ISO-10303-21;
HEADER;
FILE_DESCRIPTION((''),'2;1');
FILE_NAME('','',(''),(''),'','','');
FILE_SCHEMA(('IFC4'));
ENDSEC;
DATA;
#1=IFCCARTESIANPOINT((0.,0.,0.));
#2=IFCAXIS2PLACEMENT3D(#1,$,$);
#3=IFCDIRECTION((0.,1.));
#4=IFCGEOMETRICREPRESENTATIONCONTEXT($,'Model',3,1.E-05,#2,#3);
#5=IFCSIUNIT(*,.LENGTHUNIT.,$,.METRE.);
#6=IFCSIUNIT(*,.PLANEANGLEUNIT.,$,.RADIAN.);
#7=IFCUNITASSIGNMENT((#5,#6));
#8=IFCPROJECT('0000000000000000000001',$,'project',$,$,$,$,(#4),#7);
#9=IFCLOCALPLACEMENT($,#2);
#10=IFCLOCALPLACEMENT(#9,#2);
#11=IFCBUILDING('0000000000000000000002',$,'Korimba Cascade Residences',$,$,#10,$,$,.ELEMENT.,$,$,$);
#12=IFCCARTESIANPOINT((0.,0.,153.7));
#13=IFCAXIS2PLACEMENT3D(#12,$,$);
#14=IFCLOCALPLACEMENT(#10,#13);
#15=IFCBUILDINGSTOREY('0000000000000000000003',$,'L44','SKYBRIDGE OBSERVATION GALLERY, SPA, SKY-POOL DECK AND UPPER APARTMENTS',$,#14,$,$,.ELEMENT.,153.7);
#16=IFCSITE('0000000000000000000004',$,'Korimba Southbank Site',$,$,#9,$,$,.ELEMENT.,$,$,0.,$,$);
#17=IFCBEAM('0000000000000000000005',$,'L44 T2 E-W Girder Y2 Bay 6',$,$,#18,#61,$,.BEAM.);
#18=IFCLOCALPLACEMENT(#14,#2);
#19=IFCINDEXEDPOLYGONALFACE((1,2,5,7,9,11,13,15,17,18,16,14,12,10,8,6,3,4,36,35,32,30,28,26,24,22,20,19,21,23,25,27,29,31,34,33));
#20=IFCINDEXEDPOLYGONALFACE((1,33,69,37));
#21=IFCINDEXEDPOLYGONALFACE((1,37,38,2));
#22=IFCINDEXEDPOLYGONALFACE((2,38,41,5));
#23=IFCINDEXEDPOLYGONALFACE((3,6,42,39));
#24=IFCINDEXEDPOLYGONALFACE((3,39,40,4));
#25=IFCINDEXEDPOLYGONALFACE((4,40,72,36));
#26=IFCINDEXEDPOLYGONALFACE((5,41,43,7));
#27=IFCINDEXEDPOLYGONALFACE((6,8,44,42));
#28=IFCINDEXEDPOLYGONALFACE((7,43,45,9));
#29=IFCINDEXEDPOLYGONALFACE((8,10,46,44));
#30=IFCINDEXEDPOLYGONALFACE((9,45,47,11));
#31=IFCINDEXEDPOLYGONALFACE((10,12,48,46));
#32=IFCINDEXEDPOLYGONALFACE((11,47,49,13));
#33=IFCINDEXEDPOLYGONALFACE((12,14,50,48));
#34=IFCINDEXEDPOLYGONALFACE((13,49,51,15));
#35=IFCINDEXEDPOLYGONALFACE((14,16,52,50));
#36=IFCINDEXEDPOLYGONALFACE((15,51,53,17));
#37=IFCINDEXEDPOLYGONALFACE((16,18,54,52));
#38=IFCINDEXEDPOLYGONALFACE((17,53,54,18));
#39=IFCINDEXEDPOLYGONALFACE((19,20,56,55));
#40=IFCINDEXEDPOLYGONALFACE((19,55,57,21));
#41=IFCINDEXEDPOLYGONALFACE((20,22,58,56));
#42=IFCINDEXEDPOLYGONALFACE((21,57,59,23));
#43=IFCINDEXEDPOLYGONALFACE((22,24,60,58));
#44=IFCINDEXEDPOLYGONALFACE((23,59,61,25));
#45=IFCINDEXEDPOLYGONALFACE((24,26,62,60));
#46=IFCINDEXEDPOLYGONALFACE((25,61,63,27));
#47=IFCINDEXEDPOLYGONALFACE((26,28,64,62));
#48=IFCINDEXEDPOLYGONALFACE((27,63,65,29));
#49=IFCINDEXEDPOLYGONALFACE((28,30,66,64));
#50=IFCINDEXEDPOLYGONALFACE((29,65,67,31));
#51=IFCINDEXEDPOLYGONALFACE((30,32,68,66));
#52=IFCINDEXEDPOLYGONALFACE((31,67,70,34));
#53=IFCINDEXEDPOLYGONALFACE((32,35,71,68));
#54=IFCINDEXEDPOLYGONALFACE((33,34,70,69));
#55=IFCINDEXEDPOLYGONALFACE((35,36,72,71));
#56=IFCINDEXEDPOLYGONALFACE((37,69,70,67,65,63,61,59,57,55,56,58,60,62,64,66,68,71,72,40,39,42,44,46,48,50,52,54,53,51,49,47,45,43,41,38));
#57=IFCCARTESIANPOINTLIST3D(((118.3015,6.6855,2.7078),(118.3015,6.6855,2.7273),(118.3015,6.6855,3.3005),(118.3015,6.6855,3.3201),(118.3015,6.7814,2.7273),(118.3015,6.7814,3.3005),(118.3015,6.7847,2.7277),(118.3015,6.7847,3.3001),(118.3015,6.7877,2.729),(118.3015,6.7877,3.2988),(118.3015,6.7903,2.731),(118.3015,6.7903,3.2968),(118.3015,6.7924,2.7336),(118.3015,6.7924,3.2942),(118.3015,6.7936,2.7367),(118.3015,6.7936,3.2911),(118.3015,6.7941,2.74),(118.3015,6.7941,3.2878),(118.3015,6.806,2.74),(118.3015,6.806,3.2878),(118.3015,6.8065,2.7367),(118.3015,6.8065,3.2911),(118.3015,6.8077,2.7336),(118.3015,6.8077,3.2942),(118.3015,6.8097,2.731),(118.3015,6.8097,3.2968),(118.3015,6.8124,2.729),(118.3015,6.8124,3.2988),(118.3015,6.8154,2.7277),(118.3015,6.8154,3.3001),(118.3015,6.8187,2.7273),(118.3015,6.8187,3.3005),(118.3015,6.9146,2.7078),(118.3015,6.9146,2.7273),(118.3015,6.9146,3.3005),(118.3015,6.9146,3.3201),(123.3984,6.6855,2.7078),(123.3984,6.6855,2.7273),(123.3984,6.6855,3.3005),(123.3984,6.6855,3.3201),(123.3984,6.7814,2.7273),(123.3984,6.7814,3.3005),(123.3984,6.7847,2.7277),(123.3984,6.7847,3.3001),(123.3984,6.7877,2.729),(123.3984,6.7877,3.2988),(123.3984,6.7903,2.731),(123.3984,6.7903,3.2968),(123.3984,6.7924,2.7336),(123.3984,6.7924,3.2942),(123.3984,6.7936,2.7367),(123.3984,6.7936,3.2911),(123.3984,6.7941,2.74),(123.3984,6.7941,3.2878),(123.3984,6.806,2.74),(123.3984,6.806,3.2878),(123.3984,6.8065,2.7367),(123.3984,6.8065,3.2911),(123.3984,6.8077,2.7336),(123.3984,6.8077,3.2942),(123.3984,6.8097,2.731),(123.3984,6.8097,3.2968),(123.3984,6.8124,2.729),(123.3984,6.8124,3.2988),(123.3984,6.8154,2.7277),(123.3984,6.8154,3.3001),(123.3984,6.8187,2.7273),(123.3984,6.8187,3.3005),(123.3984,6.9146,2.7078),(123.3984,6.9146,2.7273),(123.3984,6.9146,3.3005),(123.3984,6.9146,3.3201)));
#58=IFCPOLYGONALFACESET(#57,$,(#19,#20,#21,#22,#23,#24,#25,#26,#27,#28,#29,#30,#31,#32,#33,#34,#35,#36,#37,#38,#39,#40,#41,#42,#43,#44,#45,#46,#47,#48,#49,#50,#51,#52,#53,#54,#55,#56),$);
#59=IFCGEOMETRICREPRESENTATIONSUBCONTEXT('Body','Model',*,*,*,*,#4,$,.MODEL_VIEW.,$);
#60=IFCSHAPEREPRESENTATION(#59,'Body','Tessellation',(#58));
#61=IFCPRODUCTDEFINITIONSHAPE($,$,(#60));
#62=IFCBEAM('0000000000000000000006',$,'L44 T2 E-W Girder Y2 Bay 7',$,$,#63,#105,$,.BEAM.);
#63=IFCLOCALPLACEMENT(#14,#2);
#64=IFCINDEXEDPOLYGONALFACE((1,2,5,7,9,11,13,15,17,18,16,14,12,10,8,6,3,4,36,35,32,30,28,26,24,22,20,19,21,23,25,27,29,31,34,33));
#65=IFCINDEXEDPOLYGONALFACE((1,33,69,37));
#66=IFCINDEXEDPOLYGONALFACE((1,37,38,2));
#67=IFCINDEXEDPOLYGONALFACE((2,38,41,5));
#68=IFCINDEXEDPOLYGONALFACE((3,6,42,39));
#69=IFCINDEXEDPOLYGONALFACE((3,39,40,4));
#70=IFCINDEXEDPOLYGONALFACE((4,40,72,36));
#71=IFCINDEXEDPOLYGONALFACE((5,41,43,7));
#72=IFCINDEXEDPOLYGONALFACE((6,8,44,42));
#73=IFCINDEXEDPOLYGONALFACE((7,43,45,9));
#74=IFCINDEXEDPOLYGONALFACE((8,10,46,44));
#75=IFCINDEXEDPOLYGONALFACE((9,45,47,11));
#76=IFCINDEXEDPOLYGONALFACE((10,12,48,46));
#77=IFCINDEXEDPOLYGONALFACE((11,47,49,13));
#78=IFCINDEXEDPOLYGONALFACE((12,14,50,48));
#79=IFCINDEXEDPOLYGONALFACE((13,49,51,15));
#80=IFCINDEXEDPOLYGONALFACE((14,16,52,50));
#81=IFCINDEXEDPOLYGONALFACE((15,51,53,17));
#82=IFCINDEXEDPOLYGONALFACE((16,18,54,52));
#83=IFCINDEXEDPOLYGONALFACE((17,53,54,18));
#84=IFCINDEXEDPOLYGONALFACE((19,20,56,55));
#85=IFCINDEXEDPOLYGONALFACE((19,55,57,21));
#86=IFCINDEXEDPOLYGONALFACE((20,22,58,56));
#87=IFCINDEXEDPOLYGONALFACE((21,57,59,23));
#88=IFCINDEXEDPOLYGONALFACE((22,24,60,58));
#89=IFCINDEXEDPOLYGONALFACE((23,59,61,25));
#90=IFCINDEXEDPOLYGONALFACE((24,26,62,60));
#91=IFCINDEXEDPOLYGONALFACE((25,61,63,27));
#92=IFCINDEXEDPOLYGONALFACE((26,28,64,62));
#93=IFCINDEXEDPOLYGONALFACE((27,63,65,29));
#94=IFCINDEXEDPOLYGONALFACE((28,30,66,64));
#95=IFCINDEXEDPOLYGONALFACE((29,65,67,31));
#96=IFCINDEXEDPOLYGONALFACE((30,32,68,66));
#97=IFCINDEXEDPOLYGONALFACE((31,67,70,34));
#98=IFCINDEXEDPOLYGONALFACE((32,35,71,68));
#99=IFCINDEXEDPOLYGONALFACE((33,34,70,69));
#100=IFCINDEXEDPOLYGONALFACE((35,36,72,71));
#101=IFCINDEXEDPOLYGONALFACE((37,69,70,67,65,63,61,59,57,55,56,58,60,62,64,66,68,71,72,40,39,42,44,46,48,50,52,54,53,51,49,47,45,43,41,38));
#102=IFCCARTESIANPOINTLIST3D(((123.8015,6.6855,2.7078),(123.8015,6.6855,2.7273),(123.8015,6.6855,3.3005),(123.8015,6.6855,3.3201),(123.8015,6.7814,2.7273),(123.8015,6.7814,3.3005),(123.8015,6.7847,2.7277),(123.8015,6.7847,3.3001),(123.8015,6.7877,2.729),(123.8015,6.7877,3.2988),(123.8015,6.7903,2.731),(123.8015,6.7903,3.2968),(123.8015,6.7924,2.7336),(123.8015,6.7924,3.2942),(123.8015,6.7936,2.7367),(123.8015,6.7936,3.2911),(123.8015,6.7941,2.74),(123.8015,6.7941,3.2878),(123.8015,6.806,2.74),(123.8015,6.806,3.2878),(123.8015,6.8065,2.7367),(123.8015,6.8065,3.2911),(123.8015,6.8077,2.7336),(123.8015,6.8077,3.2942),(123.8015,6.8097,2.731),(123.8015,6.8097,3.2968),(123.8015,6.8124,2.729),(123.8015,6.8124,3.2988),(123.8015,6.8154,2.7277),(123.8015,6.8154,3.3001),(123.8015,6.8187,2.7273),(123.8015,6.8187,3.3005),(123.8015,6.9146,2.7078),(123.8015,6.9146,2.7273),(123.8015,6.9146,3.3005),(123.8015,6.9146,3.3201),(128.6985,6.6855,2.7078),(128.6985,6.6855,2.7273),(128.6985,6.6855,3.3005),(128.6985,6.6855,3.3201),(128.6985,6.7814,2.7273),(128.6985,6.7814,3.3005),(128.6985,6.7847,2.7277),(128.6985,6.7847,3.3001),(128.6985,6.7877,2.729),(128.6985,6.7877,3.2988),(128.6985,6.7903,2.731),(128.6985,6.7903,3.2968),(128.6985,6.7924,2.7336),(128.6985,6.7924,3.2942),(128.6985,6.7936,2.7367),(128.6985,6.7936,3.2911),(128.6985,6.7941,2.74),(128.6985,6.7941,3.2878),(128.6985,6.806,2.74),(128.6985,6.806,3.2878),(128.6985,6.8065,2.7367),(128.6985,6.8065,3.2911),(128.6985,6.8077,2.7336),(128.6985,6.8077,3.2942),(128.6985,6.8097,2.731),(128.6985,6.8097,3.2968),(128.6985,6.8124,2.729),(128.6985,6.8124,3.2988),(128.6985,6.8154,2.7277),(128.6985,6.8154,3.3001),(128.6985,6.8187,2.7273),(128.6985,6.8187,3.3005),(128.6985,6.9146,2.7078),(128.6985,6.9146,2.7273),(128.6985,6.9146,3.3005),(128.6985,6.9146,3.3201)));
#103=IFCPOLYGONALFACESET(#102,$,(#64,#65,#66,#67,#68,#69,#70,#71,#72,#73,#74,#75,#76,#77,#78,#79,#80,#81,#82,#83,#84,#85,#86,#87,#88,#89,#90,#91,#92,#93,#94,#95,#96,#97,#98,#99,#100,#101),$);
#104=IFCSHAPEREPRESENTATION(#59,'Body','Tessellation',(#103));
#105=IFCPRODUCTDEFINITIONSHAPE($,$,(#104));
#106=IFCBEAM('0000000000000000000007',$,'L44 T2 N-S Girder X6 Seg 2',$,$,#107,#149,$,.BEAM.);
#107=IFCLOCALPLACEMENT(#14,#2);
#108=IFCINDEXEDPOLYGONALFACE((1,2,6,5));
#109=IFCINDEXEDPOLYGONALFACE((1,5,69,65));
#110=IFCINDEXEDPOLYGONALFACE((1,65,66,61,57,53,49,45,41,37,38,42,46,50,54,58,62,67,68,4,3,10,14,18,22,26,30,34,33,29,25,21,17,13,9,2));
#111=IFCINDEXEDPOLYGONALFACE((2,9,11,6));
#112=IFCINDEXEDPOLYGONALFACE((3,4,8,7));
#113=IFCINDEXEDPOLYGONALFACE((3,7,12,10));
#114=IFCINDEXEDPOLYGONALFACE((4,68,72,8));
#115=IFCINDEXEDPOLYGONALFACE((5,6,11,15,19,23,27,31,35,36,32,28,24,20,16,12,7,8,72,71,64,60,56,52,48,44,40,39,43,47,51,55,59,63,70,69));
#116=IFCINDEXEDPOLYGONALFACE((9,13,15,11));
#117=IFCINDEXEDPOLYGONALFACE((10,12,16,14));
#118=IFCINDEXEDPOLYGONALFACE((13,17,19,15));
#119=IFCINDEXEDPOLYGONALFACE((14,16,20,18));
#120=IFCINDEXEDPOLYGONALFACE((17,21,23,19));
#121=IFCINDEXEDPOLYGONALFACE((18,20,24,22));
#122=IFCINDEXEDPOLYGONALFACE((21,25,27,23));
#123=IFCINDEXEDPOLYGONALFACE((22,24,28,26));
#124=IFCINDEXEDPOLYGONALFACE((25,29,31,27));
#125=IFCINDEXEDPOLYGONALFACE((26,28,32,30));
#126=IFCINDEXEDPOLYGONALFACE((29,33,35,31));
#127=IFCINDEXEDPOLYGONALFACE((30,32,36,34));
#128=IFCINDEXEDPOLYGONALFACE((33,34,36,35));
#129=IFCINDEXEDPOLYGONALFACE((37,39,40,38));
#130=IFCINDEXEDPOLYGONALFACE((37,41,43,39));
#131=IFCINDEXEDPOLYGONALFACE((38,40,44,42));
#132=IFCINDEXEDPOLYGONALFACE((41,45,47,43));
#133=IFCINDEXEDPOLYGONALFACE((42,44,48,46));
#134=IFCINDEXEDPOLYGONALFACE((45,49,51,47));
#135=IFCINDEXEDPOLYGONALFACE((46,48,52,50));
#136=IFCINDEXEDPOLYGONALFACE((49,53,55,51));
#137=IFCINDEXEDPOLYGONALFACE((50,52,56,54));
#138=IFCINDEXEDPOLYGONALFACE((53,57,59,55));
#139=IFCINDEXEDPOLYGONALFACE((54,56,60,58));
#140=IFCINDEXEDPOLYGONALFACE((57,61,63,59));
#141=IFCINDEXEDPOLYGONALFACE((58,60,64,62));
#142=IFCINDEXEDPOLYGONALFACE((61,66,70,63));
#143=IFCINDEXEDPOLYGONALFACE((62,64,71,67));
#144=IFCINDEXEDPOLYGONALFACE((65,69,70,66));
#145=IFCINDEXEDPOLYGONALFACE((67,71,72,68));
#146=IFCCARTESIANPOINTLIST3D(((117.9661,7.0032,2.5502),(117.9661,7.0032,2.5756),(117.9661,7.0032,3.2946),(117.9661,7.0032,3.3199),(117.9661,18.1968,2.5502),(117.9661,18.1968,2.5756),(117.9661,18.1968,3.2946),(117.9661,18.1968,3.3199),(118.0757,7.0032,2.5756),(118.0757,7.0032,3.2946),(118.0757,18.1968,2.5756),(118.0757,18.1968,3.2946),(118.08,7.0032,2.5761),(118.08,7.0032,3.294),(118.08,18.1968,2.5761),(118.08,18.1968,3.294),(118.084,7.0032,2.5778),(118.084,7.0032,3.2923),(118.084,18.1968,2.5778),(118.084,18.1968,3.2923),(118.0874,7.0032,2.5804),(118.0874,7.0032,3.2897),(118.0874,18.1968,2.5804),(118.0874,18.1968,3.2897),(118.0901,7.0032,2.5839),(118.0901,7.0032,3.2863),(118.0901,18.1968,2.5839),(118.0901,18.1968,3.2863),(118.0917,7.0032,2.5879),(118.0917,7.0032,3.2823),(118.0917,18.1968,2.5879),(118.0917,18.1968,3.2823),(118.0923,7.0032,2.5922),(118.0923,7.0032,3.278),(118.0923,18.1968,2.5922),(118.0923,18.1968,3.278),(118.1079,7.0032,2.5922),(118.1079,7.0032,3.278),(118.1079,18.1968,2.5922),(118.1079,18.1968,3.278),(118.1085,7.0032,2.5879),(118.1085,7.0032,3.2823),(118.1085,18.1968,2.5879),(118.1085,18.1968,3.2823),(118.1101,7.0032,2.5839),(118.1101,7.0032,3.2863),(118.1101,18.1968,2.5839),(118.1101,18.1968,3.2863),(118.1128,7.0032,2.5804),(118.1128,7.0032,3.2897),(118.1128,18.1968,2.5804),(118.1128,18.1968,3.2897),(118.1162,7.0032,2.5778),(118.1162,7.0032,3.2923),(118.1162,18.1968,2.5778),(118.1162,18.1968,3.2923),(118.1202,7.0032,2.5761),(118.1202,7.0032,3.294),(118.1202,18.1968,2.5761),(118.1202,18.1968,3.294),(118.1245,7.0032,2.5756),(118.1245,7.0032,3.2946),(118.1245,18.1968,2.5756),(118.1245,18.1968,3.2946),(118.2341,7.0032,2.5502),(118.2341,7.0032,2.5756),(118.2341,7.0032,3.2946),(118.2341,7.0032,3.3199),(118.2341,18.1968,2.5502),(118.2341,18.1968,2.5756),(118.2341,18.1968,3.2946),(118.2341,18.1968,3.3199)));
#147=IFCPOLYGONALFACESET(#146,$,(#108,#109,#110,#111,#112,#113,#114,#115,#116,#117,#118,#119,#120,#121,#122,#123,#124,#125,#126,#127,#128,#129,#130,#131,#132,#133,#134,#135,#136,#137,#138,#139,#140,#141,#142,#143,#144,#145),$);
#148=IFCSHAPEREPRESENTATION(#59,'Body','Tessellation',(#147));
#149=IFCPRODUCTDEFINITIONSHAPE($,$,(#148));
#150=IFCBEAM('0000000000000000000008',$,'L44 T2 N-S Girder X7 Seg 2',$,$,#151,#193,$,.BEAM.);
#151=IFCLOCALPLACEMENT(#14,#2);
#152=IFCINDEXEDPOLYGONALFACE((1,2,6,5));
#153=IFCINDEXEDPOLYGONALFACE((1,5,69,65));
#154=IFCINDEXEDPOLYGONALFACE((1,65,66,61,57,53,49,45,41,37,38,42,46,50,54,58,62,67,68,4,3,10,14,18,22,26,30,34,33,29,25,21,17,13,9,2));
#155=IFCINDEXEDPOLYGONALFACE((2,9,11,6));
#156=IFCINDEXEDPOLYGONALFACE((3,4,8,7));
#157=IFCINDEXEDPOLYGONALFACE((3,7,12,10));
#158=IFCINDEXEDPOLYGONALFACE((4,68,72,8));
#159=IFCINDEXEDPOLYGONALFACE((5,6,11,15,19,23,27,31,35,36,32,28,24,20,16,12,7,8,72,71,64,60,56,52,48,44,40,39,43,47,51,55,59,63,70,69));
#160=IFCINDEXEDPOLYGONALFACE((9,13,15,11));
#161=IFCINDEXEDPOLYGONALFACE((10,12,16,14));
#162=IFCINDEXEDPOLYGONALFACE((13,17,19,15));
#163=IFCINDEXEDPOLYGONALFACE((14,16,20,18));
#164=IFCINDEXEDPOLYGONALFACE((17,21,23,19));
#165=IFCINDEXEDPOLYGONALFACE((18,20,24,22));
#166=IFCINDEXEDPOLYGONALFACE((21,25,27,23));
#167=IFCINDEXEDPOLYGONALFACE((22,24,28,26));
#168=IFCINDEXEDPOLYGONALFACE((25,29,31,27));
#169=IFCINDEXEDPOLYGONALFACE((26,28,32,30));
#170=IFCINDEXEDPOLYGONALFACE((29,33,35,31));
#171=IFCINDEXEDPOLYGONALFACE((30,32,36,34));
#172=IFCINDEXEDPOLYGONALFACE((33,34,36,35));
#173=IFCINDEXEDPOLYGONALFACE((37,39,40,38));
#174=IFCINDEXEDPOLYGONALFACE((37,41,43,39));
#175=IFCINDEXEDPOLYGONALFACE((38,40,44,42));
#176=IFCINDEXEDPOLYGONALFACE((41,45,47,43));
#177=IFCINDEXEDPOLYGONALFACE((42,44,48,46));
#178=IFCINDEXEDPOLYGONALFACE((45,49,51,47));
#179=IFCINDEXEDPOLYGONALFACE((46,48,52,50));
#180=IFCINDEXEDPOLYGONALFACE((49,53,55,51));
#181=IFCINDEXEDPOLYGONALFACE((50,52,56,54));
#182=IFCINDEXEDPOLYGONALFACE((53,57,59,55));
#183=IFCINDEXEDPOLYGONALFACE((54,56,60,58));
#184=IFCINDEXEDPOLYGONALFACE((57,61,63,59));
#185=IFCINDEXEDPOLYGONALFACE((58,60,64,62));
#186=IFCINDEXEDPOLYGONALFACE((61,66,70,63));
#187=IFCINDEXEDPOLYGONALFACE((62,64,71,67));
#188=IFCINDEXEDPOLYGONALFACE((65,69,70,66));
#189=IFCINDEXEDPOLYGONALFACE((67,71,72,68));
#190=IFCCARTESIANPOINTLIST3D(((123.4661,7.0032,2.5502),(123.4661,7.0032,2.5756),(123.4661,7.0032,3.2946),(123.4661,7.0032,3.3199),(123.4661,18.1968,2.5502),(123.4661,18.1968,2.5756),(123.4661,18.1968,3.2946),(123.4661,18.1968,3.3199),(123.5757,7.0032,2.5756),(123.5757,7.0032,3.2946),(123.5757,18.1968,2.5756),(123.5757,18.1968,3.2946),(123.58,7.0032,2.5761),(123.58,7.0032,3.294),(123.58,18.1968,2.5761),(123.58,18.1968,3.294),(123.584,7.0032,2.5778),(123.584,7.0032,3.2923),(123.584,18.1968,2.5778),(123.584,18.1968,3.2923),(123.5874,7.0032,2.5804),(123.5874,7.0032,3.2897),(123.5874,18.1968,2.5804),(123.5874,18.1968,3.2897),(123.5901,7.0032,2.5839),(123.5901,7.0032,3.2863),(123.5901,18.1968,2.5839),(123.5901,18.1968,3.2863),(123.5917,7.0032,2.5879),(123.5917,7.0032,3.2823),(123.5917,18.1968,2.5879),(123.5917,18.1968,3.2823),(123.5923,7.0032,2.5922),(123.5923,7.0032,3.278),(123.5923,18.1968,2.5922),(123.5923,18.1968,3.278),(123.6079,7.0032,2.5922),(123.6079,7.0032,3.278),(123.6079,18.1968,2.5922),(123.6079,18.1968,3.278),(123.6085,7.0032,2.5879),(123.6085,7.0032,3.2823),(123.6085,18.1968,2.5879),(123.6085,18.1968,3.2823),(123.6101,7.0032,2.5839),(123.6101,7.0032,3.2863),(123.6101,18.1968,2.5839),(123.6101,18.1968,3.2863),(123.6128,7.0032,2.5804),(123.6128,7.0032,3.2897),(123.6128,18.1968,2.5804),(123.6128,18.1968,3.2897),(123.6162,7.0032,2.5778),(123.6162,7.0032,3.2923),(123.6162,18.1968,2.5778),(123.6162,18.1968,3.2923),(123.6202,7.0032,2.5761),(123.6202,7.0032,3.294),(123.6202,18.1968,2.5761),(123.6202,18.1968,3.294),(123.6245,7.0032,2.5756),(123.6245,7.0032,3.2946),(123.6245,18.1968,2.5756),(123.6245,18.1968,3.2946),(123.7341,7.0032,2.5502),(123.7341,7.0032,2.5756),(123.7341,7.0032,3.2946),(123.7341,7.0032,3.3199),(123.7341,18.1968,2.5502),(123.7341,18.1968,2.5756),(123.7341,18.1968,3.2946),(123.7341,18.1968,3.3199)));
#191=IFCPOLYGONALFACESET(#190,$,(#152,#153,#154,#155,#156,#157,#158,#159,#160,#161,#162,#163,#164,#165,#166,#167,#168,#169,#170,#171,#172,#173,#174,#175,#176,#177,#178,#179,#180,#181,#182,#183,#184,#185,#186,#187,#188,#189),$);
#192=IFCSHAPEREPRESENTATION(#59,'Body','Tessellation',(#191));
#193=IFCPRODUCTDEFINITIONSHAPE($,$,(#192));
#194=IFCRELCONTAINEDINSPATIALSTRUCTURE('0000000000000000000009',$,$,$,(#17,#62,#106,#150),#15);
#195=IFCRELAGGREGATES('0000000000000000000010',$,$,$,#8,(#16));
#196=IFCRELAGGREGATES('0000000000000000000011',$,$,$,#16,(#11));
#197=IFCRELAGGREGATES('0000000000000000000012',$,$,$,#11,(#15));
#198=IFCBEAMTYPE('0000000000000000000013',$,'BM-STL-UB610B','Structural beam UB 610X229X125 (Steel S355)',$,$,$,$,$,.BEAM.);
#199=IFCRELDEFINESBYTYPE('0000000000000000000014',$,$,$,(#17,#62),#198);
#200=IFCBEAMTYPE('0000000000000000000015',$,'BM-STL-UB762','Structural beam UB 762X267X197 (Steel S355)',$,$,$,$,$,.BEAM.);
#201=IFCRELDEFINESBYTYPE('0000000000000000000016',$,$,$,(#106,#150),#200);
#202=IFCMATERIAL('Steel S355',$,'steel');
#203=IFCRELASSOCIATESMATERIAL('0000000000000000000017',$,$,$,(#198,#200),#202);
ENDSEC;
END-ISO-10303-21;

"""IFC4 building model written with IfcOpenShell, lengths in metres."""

from ifc_helpers import new_model, si_unit, direction, frame, origin, origin_2d, place, context, subcontext, project, spatial, i_section, extrude, material, material_profile, profile_set, type_object, element, save


model = new_model("IFC4")

# Units and contexts
model_context = context("Model", 3, precision=1e-05, world=origin(), true_north=direction((0.0, 1.0)))
body_context = subcontext(model_context, "Body", "Model", "MODEL_VIEW")
ifc_project = project(units=[si_unit("LENGTHUNIT", "METRE"), si_unit("PLANEANGLEUNIT", "RADIAN")], contexts=[model_context])

# Site, building, storey
site_placement = place(None, origin())
site = spatial("IfcSite", under=ifc_project, at=site_placement, Name="Korimba Southbank Site", CompositionType="ELEMENT", RefElevation=0.0)
building_placement = place(site_placement, origin())
building = spatial("IfcBuilding", under=site, at=building_placement, Name="Korimba Cascade Residences", CompositionType="ELEMENT")
storey_placement = place(building_placement, frame((0.0, 0.0, 153.7)))
storey = spatial("IfcBuildingStorey", under=building, at=storey_placement, Name="L44", Description="SKYBRIDGE OBSERVATION GALLERY, SPA, SKY-POOL DECK AND UPPER APARTMENTS", CompositionType="ELEMENT", Elevation=153.7)

# Beams
ifc_material_1 = material(Name="Steel S355", Category="steel")
ifc_material_profile_1 = material_profile(ifc_material_1, i_section(OverallWidth=0.229, OverallDepth=0.6123, WebThickness=0.012, FlangeThickness=0.0195, FilletRadius=0.0127, at=origin_2d()), Name="Steel S355")
ifc_profile_set_1 = profile_set([ifc_material_profile_1], Name="Steel S355")
beam_type_1 = type_object("IfcBeamType", Name="BM-STL-UB610B", Description="Structural beam UB 610X229X125 (Steel S355)", PredefinedType="BEAM", material=ifc_profile_set_1)
beam_1_placement = place(storey_placement, frame((118.3015, 6.8, 3.0139), z_axis=(1.0, 0.0, 0.0), x_axis=(0.0, 1.0, 0.0)))
element("IfcBeam", 1, at=beam_1_placement, inside=storey, type_object=beam_type_1, Name="L44 T2 E-W Girder Y2 Bay 6", PredefinedType="BEAM", context=body_context, shape_type="SweptSolid", body=[
    extrude(i_section(OverallWidth=0.229, OverallDepth=0.6123, WebThickness=0.012, FlangeThickness=0.0195, FilletRadius=0.0127, at=origin_2d()), origin(), (0.0, 0.0, 1.0), 5.0969),
])
beam_2_placement = place(storey_placement, frame((123.8015, 6.8, 3.0139), z_axis=(1.0, 0.0, 0.0), x_axis=(0.0, 1.0, 0.0)))
element("IfcBeam", 2, at=beam_2_placement, inside=storey, type_object=beam_type_1, Name="L44 T2 E-W Girder Y2 Bay 7", PredefinedType="BEAM", context=body_context, shape_type="SweptSolid", body=[
    extrude(i_section(OverallWidth=0.229, OverallDepth=0.6123, WebThickness=0.012, FlangeThickness=0.0195, FilletRadius=0.0127, at=origin_2d()), origin(), (0.0, 0.0, 1.0), 4.897),
])
ifc_material_profile_2 = material_profile(ifc_material_1, i_section(OverallWidth=0.2681, OverallDepth=0.7698, WebThickness=0.0156, FlangeThickness=0.0254, FilletRadius=0.0166, at=origin_2d()), Name="Steel S355")
ifc_profile_set_2 = profile_set([ifc_material_profile_2], Name="Steel S355")
beam_type_2 = type_object("IfcBeamType", Name="BM-STL-UB762", Description="Structural beam UB 762X267X197 (Steel S355)", PredefinedType="BEAM", material=ifc_profile_set_2)
for number, where, z_axis, x_axis, name in (
    (3, (118.1001, 7.0032, 2.9351), (0.0, 1.0, 0.0), (-1.0, 0.0, 0.0), "L44 T2 N-S Girder X6 Seg 2"),
    (4, (123.6001, 7.0032, 2.9351), (0.0, 1.0, 0.0), (-1.0, 0.0, 0.0), "L44 T2 N-S Girder X7 Seg 2"),
):
    element("IfcBeam", number, at=place(storey_placement, frame(where, z_axis=z_axis, x_axis=x_axis)), inside=storey, type_object=beam_type_2, Name=name, PredefinedType="BEAM", context=body_context, shape_type="SweptSolid", body=[
        extrude(i_section(OverallWidth=0.2681, OverallDepth=0.7698, WebThickness=0.0156, FlangeThickness=0.0254, FilletRadius=0.0166, at=origin_2d()), origin(), (0.0, 0.0, 1.0), 11.1936),
    ])

save(model, "model.ifc")
